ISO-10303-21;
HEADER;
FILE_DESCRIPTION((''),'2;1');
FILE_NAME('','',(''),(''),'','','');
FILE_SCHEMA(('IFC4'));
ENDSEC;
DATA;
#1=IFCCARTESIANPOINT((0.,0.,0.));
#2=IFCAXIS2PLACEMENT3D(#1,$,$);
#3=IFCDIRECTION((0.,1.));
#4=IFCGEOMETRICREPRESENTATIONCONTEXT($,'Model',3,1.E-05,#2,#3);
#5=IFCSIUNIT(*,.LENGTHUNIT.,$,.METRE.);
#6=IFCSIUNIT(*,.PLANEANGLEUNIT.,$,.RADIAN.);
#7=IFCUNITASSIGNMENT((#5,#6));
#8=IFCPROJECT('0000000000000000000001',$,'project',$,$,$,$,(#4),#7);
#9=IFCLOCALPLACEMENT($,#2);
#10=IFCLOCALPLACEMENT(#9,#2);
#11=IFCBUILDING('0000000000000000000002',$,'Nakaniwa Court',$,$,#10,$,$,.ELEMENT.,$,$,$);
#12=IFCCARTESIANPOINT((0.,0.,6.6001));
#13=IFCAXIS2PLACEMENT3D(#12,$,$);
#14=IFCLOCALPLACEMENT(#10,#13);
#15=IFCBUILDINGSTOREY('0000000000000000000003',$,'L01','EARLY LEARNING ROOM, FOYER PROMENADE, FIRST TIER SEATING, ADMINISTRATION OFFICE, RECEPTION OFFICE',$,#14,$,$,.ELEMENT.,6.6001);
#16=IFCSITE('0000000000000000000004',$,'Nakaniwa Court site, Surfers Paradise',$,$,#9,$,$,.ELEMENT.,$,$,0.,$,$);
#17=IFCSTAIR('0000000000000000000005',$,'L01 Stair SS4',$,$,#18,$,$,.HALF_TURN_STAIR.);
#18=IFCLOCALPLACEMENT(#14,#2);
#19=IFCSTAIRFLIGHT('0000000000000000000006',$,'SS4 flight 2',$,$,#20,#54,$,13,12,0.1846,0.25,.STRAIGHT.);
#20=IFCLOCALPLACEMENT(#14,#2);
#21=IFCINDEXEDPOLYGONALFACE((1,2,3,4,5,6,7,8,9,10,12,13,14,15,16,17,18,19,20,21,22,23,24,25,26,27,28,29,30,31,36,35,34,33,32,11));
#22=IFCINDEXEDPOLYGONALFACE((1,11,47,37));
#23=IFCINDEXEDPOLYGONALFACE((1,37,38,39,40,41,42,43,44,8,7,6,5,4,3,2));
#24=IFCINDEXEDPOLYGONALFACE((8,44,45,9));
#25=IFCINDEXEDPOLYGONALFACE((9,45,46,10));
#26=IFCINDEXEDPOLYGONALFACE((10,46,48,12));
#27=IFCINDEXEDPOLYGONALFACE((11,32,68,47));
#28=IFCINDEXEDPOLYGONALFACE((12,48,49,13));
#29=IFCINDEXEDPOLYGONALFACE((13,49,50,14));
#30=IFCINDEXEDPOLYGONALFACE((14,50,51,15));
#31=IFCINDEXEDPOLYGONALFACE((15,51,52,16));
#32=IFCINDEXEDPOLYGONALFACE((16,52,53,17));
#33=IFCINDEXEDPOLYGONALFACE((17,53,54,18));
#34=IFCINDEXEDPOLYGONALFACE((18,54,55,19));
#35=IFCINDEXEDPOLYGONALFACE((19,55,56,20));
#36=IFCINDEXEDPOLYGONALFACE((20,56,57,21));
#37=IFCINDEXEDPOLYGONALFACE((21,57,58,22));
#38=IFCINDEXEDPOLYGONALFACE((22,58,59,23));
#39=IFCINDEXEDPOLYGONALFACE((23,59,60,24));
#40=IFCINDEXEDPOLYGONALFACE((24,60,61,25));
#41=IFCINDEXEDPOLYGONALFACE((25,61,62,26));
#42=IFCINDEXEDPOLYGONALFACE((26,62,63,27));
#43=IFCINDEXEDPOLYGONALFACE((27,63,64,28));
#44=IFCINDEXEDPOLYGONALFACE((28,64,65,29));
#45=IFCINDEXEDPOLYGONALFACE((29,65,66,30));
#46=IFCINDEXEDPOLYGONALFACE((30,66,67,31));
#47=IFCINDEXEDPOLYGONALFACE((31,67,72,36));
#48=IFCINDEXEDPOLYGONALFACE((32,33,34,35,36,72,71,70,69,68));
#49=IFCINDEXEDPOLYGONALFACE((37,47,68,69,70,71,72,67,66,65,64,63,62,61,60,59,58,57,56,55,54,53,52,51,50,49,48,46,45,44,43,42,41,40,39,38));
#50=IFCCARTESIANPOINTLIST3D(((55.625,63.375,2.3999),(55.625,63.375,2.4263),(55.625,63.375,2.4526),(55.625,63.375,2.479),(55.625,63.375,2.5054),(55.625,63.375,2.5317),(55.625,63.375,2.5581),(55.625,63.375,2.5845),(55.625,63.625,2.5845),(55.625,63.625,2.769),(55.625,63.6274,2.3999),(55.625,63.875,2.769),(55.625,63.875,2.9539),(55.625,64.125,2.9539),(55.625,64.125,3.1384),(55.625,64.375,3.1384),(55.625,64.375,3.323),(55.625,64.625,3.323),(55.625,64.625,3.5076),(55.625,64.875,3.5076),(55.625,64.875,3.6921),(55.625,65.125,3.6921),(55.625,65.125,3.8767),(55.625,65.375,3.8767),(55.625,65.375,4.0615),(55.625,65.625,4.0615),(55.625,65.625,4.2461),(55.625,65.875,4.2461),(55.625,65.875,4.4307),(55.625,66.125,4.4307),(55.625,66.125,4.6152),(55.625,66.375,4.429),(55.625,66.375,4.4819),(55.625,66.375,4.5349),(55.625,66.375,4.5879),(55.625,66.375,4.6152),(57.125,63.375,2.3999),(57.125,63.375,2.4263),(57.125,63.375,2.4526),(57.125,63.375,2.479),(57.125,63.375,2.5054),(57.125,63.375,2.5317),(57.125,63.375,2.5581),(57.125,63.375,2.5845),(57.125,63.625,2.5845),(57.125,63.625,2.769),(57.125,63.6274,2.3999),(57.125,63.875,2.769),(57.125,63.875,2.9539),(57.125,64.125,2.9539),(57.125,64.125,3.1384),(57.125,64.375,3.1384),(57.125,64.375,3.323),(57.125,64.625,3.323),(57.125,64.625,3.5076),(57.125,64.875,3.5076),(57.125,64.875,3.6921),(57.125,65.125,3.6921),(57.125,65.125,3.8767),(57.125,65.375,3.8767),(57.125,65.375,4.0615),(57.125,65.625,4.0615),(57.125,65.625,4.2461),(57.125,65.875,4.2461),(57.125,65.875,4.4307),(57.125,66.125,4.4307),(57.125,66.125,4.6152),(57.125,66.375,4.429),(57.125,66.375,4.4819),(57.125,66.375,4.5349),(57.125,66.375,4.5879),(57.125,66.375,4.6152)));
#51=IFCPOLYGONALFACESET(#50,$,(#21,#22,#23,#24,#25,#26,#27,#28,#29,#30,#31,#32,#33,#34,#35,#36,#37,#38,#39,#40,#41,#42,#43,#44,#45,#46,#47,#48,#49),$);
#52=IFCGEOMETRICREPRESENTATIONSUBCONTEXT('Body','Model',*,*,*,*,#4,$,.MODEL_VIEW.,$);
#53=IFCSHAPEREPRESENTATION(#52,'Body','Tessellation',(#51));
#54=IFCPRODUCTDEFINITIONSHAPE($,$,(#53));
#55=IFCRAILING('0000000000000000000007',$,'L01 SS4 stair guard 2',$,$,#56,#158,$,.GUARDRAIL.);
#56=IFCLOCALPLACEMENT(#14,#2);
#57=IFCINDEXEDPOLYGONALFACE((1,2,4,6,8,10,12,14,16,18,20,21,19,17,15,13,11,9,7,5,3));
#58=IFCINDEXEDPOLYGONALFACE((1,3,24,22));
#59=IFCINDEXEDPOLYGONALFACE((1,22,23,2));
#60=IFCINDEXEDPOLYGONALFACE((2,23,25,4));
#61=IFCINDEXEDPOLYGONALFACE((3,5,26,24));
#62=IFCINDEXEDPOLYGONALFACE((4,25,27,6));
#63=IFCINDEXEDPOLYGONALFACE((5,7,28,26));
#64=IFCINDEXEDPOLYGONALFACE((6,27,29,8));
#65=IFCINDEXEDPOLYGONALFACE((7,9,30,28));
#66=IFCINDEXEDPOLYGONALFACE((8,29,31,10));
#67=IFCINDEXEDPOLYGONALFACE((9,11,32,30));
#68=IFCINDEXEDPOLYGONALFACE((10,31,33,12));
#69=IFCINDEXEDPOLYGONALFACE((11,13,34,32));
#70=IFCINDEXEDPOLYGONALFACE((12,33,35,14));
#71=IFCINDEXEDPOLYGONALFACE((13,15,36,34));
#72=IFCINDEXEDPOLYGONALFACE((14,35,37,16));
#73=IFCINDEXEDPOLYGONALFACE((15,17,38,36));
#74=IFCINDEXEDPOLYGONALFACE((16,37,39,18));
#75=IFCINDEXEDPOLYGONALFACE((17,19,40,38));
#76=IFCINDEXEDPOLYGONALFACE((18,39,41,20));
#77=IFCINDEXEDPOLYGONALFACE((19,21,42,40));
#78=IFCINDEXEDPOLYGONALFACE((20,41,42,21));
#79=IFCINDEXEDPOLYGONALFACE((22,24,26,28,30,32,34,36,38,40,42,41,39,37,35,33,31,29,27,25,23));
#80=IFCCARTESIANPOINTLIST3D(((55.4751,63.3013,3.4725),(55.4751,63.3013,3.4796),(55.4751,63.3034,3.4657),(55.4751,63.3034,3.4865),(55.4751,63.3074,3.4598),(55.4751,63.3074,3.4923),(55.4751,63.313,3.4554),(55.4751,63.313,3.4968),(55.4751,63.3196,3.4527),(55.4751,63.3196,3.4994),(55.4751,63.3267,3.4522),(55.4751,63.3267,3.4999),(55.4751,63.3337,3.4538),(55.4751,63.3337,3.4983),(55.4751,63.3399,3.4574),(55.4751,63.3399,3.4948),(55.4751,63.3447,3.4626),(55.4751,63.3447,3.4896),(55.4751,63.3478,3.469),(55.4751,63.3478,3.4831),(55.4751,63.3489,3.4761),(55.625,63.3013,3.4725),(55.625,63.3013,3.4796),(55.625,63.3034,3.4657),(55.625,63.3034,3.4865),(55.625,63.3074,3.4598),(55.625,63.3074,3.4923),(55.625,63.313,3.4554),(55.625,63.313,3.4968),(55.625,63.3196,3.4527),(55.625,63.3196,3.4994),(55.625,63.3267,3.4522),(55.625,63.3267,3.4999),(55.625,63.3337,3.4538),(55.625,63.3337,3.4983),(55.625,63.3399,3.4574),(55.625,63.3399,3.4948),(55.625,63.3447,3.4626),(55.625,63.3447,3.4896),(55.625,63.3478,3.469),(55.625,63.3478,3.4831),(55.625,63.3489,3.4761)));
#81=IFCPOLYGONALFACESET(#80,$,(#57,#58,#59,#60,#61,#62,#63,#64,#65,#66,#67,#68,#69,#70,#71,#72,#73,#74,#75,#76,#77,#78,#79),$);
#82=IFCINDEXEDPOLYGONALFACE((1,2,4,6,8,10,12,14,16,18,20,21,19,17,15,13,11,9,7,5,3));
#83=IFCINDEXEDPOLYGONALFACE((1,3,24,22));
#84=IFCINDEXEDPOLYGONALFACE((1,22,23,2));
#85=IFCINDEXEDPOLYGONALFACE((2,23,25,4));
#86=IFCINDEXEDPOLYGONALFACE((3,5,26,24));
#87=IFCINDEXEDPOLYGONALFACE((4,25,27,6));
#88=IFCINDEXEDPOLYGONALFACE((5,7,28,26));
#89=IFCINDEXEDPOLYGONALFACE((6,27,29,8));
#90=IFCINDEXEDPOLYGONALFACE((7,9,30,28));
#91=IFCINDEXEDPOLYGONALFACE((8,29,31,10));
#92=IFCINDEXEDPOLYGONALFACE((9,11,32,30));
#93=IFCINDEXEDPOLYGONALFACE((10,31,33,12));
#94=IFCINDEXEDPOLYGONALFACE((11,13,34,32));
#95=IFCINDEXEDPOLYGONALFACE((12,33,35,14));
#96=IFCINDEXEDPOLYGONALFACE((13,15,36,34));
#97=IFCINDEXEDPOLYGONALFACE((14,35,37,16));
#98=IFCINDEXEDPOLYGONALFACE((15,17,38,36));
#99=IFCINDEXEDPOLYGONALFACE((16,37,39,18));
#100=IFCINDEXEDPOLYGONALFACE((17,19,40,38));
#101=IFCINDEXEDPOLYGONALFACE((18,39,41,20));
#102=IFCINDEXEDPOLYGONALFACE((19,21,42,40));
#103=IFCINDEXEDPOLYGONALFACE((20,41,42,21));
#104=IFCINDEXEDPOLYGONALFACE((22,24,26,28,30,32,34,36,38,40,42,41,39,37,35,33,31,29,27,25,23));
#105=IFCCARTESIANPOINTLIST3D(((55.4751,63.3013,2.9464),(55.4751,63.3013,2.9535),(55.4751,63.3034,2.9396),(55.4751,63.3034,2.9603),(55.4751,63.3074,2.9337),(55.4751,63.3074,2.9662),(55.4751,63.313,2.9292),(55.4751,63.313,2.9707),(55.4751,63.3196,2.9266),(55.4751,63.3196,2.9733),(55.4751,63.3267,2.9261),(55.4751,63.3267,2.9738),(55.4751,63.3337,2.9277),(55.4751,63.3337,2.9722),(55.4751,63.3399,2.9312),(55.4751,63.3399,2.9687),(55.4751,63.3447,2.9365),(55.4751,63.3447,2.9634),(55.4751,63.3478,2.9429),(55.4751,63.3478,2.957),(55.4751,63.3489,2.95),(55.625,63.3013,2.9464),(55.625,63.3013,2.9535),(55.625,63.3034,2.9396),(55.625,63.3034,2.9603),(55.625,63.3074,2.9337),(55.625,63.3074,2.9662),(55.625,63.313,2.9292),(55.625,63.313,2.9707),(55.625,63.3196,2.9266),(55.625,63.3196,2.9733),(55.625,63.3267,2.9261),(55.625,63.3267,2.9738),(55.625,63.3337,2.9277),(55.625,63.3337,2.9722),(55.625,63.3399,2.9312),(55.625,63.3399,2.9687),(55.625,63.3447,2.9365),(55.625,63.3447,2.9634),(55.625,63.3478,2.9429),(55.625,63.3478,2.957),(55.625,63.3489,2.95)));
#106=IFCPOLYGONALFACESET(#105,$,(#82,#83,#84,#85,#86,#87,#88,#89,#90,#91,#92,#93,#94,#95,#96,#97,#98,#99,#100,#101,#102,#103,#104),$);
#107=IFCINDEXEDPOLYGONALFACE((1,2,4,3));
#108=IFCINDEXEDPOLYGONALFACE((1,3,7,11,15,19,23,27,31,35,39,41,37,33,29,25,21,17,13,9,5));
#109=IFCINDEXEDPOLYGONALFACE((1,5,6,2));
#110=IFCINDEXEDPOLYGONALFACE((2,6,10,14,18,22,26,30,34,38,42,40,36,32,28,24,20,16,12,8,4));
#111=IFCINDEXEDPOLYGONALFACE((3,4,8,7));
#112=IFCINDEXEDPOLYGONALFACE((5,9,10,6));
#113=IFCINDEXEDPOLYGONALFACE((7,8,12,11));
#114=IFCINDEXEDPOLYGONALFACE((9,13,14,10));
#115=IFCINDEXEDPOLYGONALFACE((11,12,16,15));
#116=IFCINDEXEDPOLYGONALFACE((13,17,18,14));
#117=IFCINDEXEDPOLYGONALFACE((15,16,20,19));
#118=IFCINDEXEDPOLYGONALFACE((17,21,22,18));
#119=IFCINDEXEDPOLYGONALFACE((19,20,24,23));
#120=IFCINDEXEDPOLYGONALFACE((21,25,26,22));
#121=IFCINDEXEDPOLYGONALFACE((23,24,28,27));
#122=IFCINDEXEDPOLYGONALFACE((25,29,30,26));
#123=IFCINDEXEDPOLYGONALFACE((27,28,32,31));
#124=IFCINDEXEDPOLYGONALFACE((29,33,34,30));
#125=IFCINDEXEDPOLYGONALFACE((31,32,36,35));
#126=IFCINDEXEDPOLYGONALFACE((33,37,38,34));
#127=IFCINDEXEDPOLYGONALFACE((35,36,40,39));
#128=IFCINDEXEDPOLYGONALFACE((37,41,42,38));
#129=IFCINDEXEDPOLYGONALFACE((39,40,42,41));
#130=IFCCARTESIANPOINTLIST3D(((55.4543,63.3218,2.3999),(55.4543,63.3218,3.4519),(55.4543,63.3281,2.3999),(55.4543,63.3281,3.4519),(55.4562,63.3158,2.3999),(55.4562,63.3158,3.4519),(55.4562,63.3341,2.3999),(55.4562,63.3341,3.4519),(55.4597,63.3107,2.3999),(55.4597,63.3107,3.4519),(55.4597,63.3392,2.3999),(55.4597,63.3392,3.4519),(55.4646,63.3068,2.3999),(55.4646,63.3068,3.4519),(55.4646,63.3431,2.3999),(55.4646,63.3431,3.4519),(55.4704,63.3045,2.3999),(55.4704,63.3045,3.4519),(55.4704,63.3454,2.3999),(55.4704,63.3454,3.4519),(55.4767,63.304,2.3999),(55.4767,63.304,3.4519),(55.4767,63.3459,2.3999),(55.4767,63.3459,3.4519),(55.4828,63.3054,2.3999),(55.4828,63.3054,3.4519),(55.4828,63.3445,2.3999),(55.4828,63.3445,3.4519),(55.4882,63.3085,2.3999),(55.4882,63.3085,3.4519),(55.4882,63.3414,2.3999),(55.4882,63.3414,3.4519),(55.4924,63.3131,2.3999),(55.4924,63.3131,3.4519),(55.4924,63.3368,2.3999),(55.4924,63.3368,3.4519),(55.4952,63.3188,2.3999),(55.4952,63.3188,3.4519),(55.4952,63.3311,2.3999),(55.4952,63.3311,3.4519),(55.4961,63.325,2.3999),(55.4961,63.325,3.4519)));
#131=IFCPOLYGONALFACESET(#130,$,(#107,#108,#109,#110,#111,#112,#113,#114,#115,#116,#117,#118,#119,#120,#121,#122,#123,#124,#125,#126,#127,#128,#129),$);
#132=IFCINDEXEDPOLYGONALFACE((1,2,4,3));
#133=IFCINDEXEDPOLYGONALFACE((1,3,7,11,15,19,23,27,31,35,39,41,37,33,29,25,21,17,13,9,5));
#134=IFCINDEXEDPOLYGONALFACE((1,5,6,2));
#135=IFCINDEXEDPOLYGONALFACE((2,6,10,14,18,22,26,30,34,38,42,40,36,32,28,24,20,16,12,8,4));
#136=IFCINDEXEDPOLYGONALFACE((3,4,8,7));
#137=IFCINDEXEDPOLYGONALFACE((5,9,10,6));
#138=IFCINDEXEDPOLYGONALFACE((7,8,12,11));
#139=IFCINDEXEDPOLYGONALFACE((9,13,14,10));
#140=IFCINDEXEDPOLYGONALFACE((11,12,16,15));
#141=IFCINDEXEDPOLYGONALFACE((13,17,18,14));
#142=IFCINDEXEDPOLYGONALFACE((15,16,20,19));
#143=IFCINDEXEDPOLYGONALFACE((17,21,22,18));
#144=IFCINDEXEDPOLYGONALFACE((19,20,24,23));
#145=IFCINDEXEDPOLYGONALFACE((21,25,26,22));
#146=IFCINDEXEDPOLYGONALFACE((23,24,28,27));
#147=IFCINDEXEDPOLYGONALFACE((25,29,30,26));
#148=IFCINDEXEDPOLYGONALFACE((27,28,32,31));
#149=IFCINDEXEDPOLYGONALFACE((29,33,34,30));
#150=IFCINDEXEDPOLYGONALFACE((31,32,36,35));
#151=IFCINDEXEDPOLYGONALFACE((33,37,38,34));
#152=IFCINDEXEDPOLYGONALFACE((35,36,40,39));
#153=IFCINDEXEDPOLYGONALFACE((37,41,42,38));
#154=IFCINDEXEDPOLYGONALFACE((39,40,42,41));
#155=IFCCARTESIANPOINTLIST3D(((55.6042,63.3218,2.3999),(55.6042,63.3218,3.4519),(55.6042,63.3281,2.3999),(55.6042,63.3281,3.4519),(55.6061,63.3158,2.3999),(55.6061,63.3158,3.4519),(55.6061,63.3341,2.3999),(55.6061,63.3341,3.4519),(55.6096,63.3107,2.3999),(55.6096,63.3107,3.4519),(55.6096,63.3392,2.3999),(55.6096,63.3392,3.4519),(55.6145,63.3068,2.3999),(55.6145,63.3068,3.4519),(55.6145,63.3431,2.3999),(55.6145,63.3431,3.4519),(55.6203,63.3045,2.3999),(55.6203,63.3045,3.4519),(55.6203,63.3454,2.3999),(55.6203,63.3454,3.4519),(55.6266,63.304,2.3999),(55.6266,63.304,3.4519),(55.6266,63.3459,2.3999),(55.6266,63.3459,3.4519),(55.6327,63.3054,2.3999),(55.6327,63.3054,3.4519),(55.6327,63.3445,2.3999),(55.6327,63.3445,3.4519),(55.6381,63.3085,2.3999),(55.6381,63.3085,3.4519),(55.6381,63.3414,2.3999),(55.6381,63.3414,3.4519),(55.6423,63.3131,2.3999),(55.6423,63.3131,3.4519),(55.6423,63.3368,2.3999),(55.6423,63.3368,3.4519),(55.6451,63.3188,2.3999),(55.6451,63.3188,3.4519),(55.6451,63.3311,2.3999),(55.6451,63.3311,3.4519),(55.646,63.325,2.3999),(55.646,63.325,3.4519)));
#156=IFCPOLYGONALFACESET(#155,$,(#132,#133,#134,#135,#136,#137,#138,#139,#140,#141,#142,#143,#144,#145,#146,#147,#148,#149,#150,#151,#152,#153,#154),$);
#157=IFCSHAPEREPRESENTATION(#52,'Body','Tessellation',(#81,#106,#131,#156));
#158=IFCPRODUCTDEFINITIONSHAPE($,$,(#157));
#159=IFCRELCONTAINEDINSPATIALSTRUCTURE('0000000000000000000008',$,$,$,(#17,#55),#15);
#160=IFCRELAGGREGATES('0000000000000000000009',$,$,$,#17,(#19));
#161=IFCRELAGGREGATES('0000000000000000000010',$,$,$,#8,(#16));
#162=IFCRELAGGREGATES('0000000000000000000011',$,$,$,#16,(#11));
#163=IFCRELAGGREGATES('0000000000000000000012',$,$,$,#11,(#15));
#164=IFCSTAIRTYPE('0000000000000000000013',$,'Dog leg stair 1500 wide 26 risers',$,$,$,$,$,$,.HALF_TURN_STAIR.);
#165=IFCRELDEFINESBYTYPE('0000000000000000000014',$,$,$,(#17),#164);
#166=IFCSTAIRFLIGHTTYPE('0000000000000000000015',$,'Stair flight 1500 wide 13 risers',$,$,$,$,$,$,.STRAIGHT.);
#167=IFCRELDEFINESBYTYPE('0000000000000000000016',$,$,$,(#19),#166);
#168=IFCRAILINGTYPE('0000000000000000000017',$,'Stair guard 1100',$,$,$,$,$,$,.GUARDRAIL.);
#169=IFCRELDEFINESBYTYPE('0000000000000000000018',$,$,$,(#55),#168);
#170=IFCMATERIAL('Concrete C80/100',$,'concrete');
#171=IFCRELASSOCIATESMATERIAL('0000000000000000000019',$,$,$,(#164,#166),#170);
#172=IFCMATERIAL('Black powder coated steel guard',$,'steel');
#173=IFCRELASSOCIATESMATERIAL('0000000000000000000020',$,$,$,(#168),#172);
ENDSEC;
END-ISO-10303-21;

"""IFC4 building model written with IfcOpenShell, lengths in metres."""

from ifc_helpers import new_model, si_unit, direction, frame, origin, origin_2d, place, context, subcontext, project, spatial, polyline, circle, outline, extrude, material, type_object, element, aggregate, save


model = new_model("IFC4")

# Units and contexts
model_context = context("Model", 3, precision=1e-05, world=origin(), true_north=direction((0.0, 1.0)))
body_context = subcontext(model_context, "Body", "Model", "MODEL_VIEW")
ifc_project = project(units=[si_unit("LENGTHUNIT", "METRE"), si_unit("PLANEANGLEUNIT", "RADIAN")], contexts=[model_context])

# Site, building, storey
site_placement = place(None, origin())
site = spatial("IfcSite", under=ifc_project, at=site_placement, Name="Nakaniwa Court site, Surfers Paradise", CompositionType="ELEMENT", RefElevation=0.0)
building_placement = place(site_placement, origin())
building = spatial("IfcBuilding", under=site, at=building_placement, Name="Nakaniwa Court", CompositionType="ELEMENT")
storey_placement = place(building_placement, frame((0.0, 0.0, 6.6001)))
storey = spatial("IfcBuildingStorey", under=building, at=storey_placement, Name="L01", Description="EARLY LEARNING ROOM, FOYER PROMENADE, FIRST TIER SEATING, ADMINISTRATION OFFICE, RECEPTION OFFICE", CompositionType="ELEMENT", Elevation=6.6001)

# Stair, stair flight
ifc_material_1 = material(Name="Concrete C80/100", Category="concrete")
stair_type = type_object("IfcStairType", Name="Dog leg stair 1500 wide 26 risers", PredefinedType="HALF_TURN_STAIR", material=ifc_material_1)
stair_placement = place(storey_placement, origin())
stair = element("IfcStair", 1, at=stair_placement, inside=storey, type_object=stair_type, Name="L01 Stair SS4", PredefinedType="HALF_TURN_STAIR")
stair_flight_type = type_object("IfcStairFlightType", Name="Stair flight 1500 wide 13 risers", PredefinedType="STRAIGHT", material=ifc_material_1)
stair_flight_placement = place(storey_placement, frame((56.375, 63.375, 2.3999), z_axis=(0.0, 0.0, 1.0), x_axis=(0.0, 1.0, 0.0)))
stair_flight = element("IfcStairFlight", 2, at=stair_flight_placement, type_object=stair_flight_type, Name="SS4 flight 2", NumberOfRisers=13, NumberOfTreads=12, PredefinedType="STRAIGHT", RiserHeight=0.1846, TreadLength=0.25, context=body_context, shape_type="SweptSolid", body=[
    extrude(outline(polyline([(0.0, 0.0), (0.0, 0.0264), (0.0, 0.0527), (0.0, 0.0791), (0.0, 0.1055), (0.0, 0.1318), (0.0, 0.1582), (0.0, 0.1846), (0.25, 0.1846), (0.25, 0.3691), (0.5, 0.3691), (0.5, 0.554), (0.75, 0.554), (0.75, 0.7385), (1.0, 0.7385), (1.0, 0.9231), (1.25, 0.9231), (1.25, 1.1077), (1.5, 1.1077), (1.5, 1.2922), (1.75, 1.2922), (1.75, 1.4768), (2.0, 1.4768), (2.0, 1.6616), (2.25, 1.6616), (2.25, 1.8462), (2.5, 1.8462), (2.5, 2.0308), (2.75, 2.0308), (2.75, 2.2153), (3.0, 2.2153), (3.0, 2.3999), (3.0, 2.3469), (3.0, 2.2939), (3.0, 2.241), (3.0, 2.188), (3.0, 2.135), (3.0, 2.082), (3.0, 2.0291), (0.2524, 0.0), (0.0, 0.0)])), frame((0.0, 0.75, 0.0), z_axis=(0.0, -1.0, 0.0), x_axis=(1.0, 0.0, 0.0)), (0.0, 0.0, 1.0), 1.5),
])
aggregate(stair, [stair_flight])

# Railing
ifc_material_2 = material(Name="Black powder coated steel guard", Category="steel")
railing_type_1 = type_object("IfcRailingType", Name="Stair guard 1100", PredefinedType="GUARDRAIL", material=ifc_material_2)
railing_1_placement = place(storey_placement, frame((55.4751, 63.325, 2.3999)))
element("IfcRailing", 3, at=railing_1_placement, inside=storey, type_object=railing_type_1, Name="L01 SS4 stair guard 2", PredefinedType="GUARDRAIL", context=body_context, shape_type="SweptSolid", body=[
    extrude(circle(Radius=0.0239, at=origin_2d()), frame((0.0, 0.0, 1.0762), z_axis=(1.0, 0.0, 0.0), x_axis=(0.0, 1.0, 0.0)), (0.0, 0.0, 1.0), 0.1499),
    extrude(circle(Radius=0.0239, at=origin_2d()), frame((0.0, 0.0, 0.55), z_axis=(1.0, 0.0, 0.0), x_axis=(0.0, 1.0, 0.0)), (0.0, 0.0, 1.0), 0.1499),
    extrude(circle(Radius=0.021, at=origin_2d()), origin(), (0.0, 0.0, 1.0), 1.052),
    extrude(circle(Radius=0.021, at=origin_2d()), frame((0.1499, 0.0, 0.0)), (0.0, 0.0, 1.0), 1.052),
])

save(model, "model.ifc")
